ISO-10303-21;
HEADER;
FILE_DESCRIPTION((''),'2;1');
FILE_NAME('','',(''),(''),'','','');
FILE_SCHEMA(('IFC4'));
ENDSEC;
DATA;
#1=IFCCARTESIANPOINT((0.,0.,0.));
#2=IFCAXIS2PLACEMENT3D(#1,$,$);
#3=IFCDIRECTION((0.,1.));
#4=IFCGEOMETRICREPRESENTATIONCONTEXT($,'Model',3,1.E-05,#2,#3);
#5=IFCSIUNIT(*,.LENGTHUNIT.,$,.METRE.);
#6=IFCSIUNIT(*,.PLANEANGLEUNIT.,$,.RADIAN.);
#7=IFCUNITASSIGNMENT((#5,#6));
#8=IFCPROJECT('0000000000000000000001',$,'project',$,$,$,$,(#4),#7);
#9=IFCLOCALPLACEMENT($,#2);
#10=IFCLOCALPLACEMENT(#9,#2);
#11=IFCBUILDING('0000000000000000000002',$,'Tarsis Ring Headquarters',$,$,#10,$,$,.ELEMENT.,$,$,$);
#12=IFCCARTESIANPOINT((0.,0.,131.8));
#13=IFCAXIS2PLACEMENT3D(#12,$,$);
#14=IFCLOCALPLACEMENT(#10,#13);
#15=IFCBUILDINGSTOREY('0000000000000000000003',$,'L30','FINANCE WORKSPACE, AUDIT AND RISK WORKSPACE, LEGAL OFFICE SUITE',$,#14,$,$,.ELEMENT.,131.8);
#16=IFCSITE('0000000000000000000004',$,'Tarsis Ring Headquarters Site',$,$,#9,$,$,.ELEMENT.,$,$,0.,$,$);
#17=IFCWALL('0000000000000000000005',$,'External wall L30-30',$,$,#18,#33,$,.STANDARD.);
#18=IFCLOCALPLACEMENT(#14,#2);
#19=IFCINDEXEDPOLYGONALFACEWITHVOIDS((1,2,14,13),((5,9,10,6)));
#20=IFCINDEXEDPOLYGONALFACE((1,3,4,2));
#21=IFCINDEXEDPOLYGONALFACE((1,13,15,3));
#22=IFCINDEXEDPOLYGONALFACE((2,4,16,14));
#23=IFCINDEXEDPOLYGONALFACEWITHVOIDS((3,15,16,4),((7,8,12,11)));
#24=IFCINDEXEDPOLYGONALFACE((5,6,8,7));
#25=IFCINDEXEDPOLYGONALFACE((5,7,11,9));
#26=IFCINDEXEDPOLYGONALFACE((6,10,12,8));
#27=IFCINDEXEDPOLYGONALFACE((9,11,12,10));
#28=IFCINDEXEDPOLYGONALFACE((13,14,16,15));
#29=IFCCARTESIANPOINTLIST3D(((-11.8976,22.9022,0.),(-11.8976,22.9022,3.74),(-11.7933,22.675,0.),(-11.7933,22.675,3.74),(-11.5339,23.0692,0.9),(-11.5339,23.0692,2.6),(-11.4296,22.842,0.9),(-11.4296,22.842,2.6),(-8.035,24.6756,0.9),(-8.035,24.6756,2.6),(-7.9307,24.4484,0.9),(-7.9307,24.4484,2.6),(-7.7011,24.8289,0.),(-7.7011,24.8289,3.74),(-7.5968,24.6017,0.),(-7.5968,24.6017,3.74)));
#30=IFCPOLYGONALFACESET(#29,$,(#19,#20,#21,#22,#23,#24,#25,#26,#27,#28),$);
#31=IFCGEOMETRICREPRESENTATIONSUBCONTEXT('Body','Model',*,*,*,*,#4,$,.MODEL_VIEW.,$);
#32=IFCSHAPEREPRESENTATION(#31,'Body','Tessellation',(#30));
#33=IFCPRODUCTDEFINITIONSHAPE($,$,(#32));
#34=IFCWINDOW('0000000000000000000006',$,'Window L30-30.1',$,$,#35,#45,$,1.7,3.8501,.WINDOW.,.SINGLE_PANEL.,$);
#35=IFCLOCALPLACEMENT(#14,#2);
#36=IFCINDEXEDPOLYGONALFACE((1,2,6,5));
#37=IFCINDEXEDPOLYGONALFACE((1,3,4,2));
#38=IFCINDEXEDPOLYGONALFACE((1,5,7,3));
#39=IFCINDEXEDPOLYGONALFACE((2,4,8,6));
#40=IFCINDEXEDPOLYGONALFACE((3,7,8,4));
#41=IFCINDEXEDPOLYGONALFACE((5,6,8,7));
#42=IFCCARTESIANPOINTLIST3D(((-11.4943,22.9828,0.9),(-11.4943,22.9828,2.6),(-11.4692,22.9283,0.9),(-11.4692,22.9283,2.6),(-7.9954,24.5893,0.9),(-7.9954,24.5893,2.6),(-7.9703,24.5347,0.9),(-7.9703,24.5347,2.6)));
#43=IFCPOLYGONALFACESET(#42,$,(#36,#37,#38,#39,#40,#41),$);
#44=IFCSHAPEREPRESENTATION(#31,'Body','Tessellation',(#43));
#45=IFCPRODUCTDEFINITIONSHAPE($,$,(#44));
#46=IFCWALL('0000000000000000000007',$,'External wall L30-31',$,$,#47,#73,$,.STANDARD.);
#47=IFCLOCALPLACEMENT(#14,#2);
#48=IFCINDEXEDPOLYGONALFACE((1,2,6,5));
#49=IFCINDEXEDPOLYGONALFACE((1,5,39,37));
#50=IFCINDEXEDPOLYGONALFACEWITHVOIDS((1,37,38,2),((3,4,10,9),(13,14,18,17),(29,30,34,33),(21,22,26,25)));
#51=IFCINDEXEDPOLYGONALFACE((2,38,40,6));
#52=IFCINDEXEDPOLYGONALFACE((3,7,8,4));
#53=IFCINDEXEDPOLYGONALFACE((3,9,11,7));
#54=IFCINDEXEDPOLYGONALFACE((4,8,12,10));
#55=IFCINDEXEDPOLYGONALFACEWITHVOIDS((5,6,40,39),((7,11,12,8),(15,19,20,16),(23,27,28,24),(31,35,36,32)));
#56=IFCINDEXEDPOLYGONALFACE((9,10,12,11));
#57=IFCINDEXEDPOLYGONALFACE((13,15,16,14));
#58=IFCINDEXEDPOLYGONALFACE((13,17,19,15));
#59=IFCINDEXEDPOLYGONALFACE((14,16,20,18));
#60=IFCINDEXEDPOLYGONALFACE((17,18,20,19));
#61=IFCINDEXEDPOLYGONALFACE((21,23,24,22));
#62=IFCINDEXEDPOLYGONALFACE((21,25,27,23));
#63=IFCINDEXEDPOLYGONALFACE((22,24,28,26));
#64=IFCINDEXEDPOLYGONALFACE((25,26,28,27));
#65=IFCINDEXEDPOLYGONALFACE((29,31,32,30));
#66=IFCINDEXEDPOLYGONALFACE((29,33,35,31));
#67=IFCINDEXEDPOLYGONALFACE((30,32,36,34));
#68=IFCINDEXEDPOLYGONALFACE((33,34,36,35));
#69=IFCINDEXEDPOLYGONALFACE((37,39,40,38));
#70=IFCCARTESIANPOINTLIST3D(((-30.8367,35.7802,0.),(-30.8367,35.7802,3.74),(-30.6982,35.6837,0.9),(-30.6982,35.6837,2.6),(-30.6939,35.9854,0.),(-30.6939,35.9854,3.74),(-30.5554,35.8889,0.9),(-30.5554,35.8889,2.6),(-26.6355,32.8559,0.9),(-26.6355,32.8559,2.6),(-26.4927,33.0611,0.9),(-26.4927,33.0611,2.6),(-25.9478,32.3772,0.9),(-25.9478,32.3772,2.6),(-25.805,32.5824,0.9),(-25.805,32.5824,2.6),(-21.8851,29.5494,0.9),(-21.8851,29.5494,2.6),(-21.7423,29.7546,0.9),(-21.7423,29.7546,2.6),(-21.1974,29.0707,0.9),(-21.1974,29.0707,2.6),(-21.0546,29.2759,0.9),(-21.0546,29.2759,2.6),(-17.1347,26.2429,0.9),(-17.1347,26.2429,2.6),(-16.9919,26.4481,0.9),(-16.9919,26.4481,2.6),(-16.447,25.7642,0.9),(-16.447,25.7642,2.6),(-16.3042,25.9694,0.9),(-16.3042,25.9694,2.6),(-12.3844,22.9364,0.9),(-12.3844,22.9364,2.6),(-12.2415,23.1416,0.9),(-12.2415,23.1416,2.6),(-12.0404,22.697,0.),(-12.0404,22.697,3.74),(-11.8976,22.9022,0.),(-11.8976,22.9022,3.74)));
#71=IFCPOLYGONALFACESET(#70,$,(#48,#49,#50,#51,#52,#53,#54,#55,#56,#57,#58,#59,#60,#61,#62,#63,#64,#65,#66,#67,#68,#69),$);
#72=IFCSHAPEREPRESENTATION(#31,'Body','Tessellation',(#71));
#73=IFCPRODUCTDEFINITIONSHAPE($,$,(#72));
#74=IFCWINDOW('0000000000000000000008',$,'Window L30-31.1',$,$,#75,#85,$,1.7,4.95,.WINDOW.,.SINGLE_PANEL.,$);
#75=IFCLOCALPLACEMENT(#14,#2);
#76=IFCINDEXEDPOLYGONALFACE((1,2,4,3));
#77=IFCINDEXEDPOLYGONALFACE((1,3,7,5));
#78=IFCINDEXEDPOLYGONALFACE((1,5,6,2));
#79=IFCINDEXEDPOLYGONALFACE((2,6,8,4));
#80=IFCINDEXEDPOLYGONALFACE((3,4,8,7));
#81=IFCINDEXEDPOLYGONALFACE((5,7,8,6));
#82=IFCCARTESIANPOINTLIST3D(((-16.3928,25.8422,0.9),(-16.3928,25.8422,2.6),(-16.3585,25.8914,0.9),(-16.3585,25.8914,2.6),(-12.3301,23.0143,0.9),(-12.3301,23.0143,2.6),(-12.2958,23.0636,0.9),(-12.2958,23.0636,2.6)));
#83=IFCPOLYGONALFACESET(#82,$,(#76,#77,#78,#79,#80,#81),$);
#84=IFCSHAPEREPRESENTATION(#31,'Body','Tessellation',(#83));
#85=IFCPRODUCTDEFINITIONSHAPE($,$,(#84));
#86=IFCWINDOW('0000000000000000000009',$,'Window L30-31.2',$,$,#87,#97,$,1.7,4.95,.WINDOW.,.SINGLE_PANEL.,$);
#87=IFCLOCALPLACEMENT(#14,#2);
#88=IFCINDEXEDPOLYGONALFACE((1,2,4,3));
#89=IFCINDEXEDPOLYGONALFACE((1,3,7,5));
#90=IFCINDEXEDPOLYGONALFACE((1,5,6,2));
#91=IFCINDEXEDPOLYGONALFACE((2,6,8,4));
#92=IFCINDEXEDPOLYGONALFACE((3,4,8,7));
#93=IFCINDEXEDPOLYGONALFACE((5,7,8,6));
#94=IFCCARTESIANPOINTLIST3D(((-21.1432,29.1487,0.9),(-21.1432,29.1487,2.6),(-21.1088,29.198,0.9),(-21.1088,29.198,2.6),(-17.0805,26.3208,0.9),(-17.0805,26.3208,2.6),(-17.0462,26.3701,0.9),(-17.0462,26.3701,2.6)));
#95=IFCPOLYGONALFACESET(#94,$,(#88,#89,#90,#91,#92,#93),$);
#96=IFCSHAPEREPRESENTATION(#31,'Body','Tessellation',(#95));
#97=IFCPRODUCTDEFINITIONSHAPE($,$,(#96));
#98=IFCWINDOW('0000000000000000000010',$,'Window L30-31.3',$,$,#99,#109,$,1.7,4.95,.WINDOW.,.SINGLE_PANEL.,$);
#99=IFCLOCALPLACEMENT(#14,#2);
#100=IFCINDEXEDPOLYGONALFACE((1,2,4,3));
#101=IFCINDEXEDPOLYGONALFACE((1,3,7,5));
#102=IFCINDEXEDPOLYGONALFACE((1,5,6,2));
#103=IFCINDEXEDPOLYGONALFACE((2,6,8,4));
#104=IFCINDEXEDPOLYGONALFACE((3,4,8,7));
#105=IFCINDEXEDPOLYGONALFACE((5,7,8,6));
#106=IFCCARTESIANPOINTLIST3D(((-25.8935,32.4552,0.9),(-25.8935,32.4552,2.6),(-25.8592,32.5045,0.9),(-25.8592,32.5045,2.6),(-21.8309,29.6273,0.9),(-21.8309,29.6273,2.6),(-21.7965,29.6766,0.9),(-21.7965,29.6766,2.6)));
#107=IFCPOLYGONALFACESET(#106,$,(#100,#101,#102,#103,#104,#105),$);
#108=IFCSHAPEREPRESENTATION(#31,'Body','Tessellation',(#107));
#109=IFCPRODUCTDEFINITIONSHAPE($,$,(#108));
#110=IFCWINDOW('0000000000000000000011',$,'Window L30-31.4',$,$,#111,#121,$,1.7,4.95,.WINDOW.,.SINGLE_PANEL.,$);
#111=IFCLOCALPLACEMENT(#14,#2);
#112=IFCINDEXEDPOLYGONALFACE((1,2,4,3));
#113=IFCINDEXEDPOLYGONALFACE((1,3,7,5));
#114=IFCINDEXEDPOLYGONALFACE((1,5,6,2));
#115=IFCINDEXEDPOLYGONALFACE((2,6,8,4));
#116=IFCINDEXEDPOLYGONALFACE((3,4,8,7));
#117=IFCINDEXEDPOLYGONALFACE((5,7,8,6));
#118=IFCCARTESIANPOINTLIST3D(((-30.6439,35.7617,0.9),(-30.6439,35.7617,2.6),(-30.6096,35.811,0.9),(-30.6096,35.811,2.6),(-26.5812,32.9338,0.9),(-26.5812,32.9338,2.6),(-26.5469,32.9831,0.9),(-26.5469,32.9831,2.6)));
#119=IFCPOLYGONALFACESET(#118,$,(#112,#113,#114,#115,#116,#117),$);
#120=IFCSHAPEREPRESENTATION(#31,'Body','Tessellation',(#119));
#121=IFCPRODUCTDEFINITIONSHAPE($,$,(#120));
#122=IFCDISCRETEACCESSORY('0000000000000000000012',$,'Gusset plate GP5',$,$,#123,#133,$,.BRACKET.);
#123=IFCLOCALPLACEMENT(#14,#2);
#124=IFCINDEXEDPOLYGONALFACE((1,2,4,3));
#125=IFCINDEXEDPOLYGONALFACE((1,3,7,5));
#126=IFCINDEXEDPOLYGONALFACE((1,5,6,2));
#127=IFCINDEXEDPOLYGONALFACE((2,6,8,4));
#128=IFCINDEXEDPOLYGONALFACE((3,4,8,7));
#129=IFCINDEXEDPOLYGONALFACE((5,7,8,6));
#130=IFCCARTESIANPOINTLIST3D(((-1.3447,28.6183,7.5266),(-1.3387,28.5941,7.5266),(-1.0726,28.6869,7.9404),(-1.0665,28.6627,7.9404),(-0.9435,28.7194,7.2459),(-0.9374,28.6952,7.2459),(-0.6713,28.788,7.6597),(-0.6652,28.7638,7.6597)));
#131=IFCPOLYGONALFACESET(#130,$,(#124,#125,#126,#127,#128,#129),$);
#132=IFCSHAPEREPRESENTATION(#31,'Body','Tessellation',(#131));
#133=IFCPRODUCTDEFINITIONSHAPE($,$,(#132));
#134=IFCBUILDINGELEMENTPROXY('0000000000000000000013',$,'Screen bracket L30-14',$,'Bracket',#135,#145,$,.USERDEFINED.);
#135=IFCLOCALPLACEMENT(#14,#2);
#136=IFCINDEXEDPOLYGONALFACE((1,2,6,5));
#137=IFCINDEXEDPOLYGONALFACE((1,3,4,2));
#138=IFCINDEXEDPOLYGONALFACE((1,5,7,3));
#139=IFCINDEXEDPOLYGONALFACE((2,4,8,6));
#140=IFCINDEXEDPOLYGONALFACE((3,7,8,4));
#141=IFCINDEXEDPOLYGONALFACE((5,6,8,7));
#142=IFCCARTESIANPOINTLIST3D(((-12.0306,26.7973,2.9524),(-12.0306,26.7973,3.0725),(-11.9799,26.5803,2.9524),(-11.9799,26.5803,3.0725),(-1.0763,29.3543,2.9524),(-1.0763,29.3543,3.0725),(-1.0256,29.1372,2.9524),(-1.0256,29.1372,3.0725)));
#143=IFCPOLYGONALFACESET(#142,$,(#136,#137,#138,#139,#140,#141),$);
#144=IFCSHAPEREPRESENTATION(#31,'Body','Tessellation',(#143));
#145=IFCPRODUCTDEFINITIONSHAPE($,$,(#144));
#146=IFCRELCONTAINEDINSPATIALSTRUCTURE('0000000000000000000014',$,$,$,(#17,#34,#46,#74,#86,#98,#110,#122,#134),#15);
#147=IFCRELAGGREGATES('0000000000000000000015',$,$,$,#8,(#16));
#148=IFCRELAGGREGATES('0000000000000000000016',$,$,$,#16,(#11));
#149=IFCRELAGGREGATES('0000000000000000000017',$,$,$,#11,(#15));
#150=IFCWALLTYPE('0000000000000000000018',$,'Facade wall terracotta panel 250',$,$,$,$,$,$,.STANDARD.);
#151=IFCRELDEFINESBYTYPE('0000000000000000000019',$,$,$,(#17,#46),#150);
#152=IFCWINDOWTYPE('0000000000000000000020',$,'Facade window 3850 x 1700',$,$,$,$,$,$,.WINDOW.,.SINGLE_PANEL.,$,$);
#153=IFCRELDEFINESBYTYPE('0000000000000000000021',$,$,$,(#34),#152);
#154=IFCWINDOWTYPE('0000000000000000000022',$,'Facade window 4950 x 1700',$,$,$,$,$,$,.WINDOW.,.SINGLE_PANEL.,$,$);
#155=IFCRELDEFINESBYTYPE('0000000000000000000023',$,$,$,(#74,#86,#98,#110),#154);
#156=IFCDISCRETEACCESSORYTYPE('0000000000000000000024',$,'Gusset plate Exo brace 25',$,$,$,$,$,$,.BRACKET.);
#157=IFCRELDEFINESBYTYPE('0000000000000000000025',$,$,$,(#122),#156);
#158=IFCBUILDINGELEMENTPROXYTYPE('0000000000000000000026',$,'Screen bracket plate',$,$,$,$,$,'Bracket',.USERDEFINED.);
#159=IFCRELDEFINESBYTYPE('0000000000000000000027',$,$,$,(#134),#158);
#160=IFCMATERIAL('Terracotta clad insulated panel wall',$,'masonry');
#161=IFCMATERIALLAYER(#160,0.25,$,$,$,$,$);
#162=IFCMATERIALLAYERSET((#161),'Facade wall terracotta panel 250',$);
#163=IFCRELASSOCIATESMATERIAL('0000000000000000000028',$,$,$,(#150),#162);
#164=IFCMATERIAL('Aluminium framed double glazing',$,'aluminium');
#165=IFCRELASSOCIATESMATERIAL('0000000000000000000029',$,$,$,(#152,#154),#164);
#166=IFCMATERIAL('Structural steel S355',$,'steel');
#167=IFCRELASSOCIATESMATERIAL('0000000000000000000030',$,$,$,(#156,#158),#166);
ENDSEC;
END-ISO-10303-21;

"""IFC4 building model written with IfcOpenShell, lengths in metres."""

from ifc_helpers import new_model, si_unit, direction, frame, frame_2d, origin, origin_2d, place, context, subcontext, project, spatial, rectangle, extrude, material, layer, layer_set, material_profile, profile_set, type_object, element, fill, save


model = new_model("IFC4")

# Units and contexts
model_context = context("Model", 3, precision=1e-05, world=origin(), true_north=direction((0.0, 1.0)))
body_context = subcontext(model_context, "Body", "Model", "MODEL_VIEW")
ifc_project = project(units=[si_unit("LENGTHUNIT", "METRE"), si_unit("PLANEANGLEUNIT", "RADIAN")], contexts=[model_context])

# Site, building, storey
site_placement = place(None, origin())
site = spatial("IfcSite", under=ifc_project, at=site_placement, Name="Tarsis Ring Headquarters Site", CompositionType="ELEMENT", RefElevation=0.0)
building_placement = place(site_placement, origin())
building = spatial("IfcBuilding", under=site, at=building_placement, Name="Tarsis Ring Headquarters", CompositionType="ELEMENT")
storey_placement = place(building_placement, frame((0.0, 0.0, 131.8)))
storey = spatial("IfcBuildingStorey", under=building, at=storey_placement, Name="L30", Description="FINANCE WORKSPACE, AUDIT AND RISK WORKSPACE, LEGAL OFFICE SUITE", CompositionType="ELEMENT", Elevation=131.8)

# Shared definitions
ifc_material_1 = material(Name="Structural steel S355", Category="steel")

# Wall, opening, window
ifc_material_2 = material(Name="Terracotta clad insulated panel wall", Category="masonry")
ifc_layer_1 = layer(ifc_material_2, 0.25)
ifc_layer_set_1 = layer_set([ifc_layer_1], Name="Facade wall terracotta panel 250")
wall_type_1 = type_object("IfcWallType", Name="Facade wall terracotta panel 250", PredefinedType="STANDARD", material=ifc_layer_set_1)
ifc_material_3 = material(Name="Aluminium framed double glazing", Category="aluminium")
wall_1_placement = place(storey_placement, frame((-7.6489, 24.7153, 0.0), z_axis=(0.0, 0.0, 1.0), x_axis=(-0.90879, -0.417254, 0.0)))
wall_1 = element("IfcWall", 1, at=wall_1_placement, inside=storey, type_object=wall_type_1, Name="External wall L30-30", PredefinedType="STANDARD", context=body_context, shape_type="SweptSolid", body=[
    extrude(rectangle(XDim=4.6177, YDim=0.25, at=frame_2d((2.3088, 0.0))), origin(), (0.0, 0.0, 1.0), 3.74),
])
opening_1_placement = place(wall_1_placement, frame((0.3674, 0.0, 0.8999)))
opening_1 = element("IfcOpeningElement", 2, at=opening_1_placement, cuts=wall_1, PredefinedType="OPENING", context=body_context, shape_type="SweptSolid", body=[
    extrude(rectangle(XDim=3.8501, YDim=1.7, at=frame_2d((1.925, 0.8501))), frame((0.0, 0.135, 0.0), z_axis=(0.0, -1.0, 0.0), x_axis=(1.0, 0.0, 0.0)), (0.0, 0.0, 1.0), 0.27),
])
window_type_1 = type_object("IfcWindowType", Name="Facade window 3850 x 1700", PartitioningType="SINGLE_PANEL", PredefinedType="WINDOW", material=ifc_material_3)
window_1_placement = place(opening_1_placement, origin())
window_1 = element("IfcWindow", 3, at=window_1_placement, inside=storey, type_object=window_type_1, Name="Window L30-30.1", OverallHeight=1.7, OverallWidth=3.8501, PartitioningType="SINGLE_PANEL", PredefinedType="WINDOW", context=body_context, shape_type="SweptSolid", body=[
    extrude(rectangle(XDim=3.8501, YDim=1.7, at=frame_2d((1.925, 0.8501))), frame((0.0, 0.03, 0.0), z_axis=(0.0, -1.0, 0.0), x_axis=(1.0, 0.0, 0.0)), (0.0, 0.0, 1.0), 0.0601),
])
fill(opening_1, window_1)

# Wall, openings, windows
wall_2_placement = place(storey_placement, frame((-11.969, 22.7996, 0.0), z_axis=(0.0, 0.0, 1.0), x_axis=(-0.820752, 0.571285, 0.0)))
wall_2 = element("IfcWall", 4, at=wall_2_placement, inside=storey, type_object=wall_type_1, Name="External wall L30-31", PredefinedType="STANDARD", context=body_context, shape_type="SweptSolid", body=[
    extrude(rectangle(XDim=22.9014, YDim=0.25, at=frame_2d((11.4507, 0.0))), origin(), (0.0, 0.0, 1.0), 3.74),
])
opening_2_placement = place(wall_2_placement, frame((0.4189, 0.0, 0.8999)))
opening_2 = element("IfcOpeningElement", 5, at=opening_2_placement, cuts=wall_2, PredefinedType="OPENING", context=body_context, shape_type="SweptSolid", body=[
    extrude(rectangle(XDim=4.95, YDim=1.7, at=frame_2d((2.4751, 0.8501))), frame((0.0, 0.135, 0.0), z_axis=(0.0, -1.0, 0.0), x_axis=(1.0, 0.0, 0.0)), (0.0, 0.0, 1.0), 0.27),
])
opening_3_placement = place(wall_2_placement, frame((6.2068, 0.0, 0.8999)))
opening_3 = element("IfcOpeningElement", 6, at=opening_3_placement, cuts=wall_2, PredefinedType="OPENING", context=body_context, shape_type="SweptSolid", body=[
    extrude(rectangle(XDim=4.95, YDim=1.7, at=frame_2d((2.4751, 0.8501))), frame((0.0, 0.135, 0.0), z_axis=(0.0, -1.0, 0.0), x_axis=(1.0, 0.0, 0.0)), (0.0, 0.0, 1.0), 0.27),
])
opening_4_placement = place(wall_2_placement, frame((11.9946, 0.0, 0.8999)))
opening_4 = element("IfcOpeningElement", 7, at=opening_4_placement, cuts=wall_2, PredefinedType="OPENING", context=body_context, shape_type="SweptSolid", body=[
    extrude(rectangle(XDim=4.95, YDim=1.7, at=frame_2d((2.4751, 0.8501))), frame((0.0, 0.135, 0.0), z_axis=(0.0, -1.0, 0.0), x_axis=(1.0, 0.0, 0.0)), (0.0, 0.0, 1.0), 0.27),
])
opening_5_placement = place(wall_2_placement, frame((17.7825, 0.0, 0.8999)))
opening_5 = element("IfcOpeningElement", 8, at=opening_5_placement, cuts=wall_2, PredefinedType="OPENING", context=body_context, shape_type="SweptSolid", body=[
    extrude(rectangle(XDim=4.95, YDim=1.7, at=frame_2d((2.4751, 0.8501))), frame((0.0, 0.135, 0.0), z_axis=(0.0, -1.0, 0.0), x_axis=(1.0, 0.0, 0.0)), (0.0, 0.0, 1.0), 0.27),
])
window_type_2 = type_object("IfcWindowType", Name="Facade window 4950 x 1700", PartitioningType="SINGLE_PANEL", PredefinedType="WINDOW", material=ifc_material_3)
window_2_placement = place(opening_2_placement, origin())
window_2 = element("IfcWindow", 9, at=window_2_placement, inside=storey, type_object=window_type_2, Name="Window L30-31.1", OverallHeight=1.7, OverallWidth=4.95, PartitioningType="SINGLE_PANEL", PredefinedType="WINDOW", context=body_context, shape_type="SweptSolid", body=[
    extrude(rectangle(XDim=4.95, YDim=1.7, at=frame_2d((2.4751, 0.8501))), frame((0.0, 0.03, 0.0), z_axis=(0.0, -1.0, 0.0), x_axis=(1.0, 0.0, 0.0)), (0.0, 0.0, 1.0), 0.0601),
])
fill(opening_2, window_2)
window_3_placement = place(opening_3_placement, origin())
window_3 = element("IfcWindow", 10, at=window_3_placement, inside=storey, type_object=window_type_2, Name="Window L30-31.2", OverallHeight=1.7, OverallWidth=4.95, PartitioningType="SINGLE_PANEL", PredefinedType="WINDOW", context=body_context, shape_type="SweptSolid", body=[
    extrude(rectangle(XDim=4.95, YDim=1.7, at=frame_2d((2.4751, 0.8501))), frame((0.0, 0.03, 0.0), z_axis=(0.0, -1.0, 0.0), x_axis=(1.0, 0.0, 0.0)), (0.0, 0.0, 1.0), 0.0601),
])
fill(opening_3, window_3)
window_4_placement = place(opening_4_placement, origin())
window_4 = element("IfcWindow", 11, at=window_4_placement, inside=storey, type_object=window_type_2, Name="Window L30-31.3", OverallHeight=1.7, OverallWidth=4.95, PartitioningType="SINGLE_PANEL", PredefinedType="WINDOW", context=body_context, shape_type="SweptSolid", body=[
    extrude(rectangle(XDim=4.95, YDim=1.7, at=frame_2d((2.4751, 0.8501))), frame((0.0, 0.03, 0.0), z_axis=(0.0, -1.0, 0.0), x_axis=(1.0, 0.0, 0.0)), (0.0, 0.0, 1.0), 0.0601),
])
fill(opening_4, window_4)
window_5_placement = place(opening_5_placement, origin())
window_5 = element("IfcWindow", 12, at=window_5_placement, inside=storey, type_object=window_type_2, Name="Window L30-31.4", OverallHeight=1.7, OverallWidth=4.95, PartitioningType="SINGLE_PANEL", PredefinedType="WINDOW", context=body_context, shape_type="SweptSolid", body=[
    extrude(rectangle(XDim=4.95, YDim=1.7, at=frame_2d((2.4751, 0.8501))), frame((0.0, 0.03, 0.0), z_axis=(0.0, -1.0, 0.0), x_axis=(1.0, 0.0, 0.0)), (0.0, 0.0, 1.0), 0.0601),
])
fill(opening_5, window_5)

# Discrete accessory
ifc_material_profile_1 = material_profile(ifc_material_1, rectangle(XDim=0.0249, YDim=0.5, at=origin_2d()), Name="PL 25x500")
ifc_profile_set_1 = profile_set([ifc_material_profile_1], Name="Structural steel S355")
discrete_accessory_type = type_object("IfcDiscreteAccessoryType", Name="Gusset plate Exo brace 25", PredefinedType="BRACKET", material=ifc_profile_set_1)
discrete_accessory_placement = place(storey_placement, frame((-0.8689, 28.7253, 7.8), z_axis=(-0.544375, -0.137192, -0.827547), x_axis=(0.244377, -0.96968, 0.0)))
element("IfcDiscreteAccessory", 13, at=discrete_accessory_placement, inside=storey, type_object=discrete_accessory_type, Name="Gusset plate GP5", PredefinedType="BRACKET", context=body_context, shape_type="SweptSolid", body=[
    extrude(rectangle(XDim=0.0249, YDim=0.5, at=origin_2d()), origin(), (0.0, 0.0, 1.0), 0.5),
])

# Building element proxy
building_element_proxy_type = type_object("IfcBuildingElementProxyType", Name="Screen bracket plate", ElementType="Bracket", PredefinedType="USERDEFINED", material=ifc_material_1)
proxy_placement = place(storey_placement, frame((-6.5281, 27.9673, 2.9524), z_axis=(0.0, 0.0, 1.0), x_axis=(-0.973823, -0.227309, 0.0)))
element("IfcBuildingElementProxy", 14, at=proxy_placement, inside=storey, type_object=building_element_proxy_type, Name="Screen bracket L30-14", ObjectType="Bracket", PredefinedType="USERDEFINED", context=body_context, shape_type="SweptSolid", body=[
    extrude(rectangle(XDim=11.2488, YDim=0.2229, at=origin_2d()), origin(), (0.0, 0.0, 1.0), 0.1201),
])

save(model, "model.ifc")
